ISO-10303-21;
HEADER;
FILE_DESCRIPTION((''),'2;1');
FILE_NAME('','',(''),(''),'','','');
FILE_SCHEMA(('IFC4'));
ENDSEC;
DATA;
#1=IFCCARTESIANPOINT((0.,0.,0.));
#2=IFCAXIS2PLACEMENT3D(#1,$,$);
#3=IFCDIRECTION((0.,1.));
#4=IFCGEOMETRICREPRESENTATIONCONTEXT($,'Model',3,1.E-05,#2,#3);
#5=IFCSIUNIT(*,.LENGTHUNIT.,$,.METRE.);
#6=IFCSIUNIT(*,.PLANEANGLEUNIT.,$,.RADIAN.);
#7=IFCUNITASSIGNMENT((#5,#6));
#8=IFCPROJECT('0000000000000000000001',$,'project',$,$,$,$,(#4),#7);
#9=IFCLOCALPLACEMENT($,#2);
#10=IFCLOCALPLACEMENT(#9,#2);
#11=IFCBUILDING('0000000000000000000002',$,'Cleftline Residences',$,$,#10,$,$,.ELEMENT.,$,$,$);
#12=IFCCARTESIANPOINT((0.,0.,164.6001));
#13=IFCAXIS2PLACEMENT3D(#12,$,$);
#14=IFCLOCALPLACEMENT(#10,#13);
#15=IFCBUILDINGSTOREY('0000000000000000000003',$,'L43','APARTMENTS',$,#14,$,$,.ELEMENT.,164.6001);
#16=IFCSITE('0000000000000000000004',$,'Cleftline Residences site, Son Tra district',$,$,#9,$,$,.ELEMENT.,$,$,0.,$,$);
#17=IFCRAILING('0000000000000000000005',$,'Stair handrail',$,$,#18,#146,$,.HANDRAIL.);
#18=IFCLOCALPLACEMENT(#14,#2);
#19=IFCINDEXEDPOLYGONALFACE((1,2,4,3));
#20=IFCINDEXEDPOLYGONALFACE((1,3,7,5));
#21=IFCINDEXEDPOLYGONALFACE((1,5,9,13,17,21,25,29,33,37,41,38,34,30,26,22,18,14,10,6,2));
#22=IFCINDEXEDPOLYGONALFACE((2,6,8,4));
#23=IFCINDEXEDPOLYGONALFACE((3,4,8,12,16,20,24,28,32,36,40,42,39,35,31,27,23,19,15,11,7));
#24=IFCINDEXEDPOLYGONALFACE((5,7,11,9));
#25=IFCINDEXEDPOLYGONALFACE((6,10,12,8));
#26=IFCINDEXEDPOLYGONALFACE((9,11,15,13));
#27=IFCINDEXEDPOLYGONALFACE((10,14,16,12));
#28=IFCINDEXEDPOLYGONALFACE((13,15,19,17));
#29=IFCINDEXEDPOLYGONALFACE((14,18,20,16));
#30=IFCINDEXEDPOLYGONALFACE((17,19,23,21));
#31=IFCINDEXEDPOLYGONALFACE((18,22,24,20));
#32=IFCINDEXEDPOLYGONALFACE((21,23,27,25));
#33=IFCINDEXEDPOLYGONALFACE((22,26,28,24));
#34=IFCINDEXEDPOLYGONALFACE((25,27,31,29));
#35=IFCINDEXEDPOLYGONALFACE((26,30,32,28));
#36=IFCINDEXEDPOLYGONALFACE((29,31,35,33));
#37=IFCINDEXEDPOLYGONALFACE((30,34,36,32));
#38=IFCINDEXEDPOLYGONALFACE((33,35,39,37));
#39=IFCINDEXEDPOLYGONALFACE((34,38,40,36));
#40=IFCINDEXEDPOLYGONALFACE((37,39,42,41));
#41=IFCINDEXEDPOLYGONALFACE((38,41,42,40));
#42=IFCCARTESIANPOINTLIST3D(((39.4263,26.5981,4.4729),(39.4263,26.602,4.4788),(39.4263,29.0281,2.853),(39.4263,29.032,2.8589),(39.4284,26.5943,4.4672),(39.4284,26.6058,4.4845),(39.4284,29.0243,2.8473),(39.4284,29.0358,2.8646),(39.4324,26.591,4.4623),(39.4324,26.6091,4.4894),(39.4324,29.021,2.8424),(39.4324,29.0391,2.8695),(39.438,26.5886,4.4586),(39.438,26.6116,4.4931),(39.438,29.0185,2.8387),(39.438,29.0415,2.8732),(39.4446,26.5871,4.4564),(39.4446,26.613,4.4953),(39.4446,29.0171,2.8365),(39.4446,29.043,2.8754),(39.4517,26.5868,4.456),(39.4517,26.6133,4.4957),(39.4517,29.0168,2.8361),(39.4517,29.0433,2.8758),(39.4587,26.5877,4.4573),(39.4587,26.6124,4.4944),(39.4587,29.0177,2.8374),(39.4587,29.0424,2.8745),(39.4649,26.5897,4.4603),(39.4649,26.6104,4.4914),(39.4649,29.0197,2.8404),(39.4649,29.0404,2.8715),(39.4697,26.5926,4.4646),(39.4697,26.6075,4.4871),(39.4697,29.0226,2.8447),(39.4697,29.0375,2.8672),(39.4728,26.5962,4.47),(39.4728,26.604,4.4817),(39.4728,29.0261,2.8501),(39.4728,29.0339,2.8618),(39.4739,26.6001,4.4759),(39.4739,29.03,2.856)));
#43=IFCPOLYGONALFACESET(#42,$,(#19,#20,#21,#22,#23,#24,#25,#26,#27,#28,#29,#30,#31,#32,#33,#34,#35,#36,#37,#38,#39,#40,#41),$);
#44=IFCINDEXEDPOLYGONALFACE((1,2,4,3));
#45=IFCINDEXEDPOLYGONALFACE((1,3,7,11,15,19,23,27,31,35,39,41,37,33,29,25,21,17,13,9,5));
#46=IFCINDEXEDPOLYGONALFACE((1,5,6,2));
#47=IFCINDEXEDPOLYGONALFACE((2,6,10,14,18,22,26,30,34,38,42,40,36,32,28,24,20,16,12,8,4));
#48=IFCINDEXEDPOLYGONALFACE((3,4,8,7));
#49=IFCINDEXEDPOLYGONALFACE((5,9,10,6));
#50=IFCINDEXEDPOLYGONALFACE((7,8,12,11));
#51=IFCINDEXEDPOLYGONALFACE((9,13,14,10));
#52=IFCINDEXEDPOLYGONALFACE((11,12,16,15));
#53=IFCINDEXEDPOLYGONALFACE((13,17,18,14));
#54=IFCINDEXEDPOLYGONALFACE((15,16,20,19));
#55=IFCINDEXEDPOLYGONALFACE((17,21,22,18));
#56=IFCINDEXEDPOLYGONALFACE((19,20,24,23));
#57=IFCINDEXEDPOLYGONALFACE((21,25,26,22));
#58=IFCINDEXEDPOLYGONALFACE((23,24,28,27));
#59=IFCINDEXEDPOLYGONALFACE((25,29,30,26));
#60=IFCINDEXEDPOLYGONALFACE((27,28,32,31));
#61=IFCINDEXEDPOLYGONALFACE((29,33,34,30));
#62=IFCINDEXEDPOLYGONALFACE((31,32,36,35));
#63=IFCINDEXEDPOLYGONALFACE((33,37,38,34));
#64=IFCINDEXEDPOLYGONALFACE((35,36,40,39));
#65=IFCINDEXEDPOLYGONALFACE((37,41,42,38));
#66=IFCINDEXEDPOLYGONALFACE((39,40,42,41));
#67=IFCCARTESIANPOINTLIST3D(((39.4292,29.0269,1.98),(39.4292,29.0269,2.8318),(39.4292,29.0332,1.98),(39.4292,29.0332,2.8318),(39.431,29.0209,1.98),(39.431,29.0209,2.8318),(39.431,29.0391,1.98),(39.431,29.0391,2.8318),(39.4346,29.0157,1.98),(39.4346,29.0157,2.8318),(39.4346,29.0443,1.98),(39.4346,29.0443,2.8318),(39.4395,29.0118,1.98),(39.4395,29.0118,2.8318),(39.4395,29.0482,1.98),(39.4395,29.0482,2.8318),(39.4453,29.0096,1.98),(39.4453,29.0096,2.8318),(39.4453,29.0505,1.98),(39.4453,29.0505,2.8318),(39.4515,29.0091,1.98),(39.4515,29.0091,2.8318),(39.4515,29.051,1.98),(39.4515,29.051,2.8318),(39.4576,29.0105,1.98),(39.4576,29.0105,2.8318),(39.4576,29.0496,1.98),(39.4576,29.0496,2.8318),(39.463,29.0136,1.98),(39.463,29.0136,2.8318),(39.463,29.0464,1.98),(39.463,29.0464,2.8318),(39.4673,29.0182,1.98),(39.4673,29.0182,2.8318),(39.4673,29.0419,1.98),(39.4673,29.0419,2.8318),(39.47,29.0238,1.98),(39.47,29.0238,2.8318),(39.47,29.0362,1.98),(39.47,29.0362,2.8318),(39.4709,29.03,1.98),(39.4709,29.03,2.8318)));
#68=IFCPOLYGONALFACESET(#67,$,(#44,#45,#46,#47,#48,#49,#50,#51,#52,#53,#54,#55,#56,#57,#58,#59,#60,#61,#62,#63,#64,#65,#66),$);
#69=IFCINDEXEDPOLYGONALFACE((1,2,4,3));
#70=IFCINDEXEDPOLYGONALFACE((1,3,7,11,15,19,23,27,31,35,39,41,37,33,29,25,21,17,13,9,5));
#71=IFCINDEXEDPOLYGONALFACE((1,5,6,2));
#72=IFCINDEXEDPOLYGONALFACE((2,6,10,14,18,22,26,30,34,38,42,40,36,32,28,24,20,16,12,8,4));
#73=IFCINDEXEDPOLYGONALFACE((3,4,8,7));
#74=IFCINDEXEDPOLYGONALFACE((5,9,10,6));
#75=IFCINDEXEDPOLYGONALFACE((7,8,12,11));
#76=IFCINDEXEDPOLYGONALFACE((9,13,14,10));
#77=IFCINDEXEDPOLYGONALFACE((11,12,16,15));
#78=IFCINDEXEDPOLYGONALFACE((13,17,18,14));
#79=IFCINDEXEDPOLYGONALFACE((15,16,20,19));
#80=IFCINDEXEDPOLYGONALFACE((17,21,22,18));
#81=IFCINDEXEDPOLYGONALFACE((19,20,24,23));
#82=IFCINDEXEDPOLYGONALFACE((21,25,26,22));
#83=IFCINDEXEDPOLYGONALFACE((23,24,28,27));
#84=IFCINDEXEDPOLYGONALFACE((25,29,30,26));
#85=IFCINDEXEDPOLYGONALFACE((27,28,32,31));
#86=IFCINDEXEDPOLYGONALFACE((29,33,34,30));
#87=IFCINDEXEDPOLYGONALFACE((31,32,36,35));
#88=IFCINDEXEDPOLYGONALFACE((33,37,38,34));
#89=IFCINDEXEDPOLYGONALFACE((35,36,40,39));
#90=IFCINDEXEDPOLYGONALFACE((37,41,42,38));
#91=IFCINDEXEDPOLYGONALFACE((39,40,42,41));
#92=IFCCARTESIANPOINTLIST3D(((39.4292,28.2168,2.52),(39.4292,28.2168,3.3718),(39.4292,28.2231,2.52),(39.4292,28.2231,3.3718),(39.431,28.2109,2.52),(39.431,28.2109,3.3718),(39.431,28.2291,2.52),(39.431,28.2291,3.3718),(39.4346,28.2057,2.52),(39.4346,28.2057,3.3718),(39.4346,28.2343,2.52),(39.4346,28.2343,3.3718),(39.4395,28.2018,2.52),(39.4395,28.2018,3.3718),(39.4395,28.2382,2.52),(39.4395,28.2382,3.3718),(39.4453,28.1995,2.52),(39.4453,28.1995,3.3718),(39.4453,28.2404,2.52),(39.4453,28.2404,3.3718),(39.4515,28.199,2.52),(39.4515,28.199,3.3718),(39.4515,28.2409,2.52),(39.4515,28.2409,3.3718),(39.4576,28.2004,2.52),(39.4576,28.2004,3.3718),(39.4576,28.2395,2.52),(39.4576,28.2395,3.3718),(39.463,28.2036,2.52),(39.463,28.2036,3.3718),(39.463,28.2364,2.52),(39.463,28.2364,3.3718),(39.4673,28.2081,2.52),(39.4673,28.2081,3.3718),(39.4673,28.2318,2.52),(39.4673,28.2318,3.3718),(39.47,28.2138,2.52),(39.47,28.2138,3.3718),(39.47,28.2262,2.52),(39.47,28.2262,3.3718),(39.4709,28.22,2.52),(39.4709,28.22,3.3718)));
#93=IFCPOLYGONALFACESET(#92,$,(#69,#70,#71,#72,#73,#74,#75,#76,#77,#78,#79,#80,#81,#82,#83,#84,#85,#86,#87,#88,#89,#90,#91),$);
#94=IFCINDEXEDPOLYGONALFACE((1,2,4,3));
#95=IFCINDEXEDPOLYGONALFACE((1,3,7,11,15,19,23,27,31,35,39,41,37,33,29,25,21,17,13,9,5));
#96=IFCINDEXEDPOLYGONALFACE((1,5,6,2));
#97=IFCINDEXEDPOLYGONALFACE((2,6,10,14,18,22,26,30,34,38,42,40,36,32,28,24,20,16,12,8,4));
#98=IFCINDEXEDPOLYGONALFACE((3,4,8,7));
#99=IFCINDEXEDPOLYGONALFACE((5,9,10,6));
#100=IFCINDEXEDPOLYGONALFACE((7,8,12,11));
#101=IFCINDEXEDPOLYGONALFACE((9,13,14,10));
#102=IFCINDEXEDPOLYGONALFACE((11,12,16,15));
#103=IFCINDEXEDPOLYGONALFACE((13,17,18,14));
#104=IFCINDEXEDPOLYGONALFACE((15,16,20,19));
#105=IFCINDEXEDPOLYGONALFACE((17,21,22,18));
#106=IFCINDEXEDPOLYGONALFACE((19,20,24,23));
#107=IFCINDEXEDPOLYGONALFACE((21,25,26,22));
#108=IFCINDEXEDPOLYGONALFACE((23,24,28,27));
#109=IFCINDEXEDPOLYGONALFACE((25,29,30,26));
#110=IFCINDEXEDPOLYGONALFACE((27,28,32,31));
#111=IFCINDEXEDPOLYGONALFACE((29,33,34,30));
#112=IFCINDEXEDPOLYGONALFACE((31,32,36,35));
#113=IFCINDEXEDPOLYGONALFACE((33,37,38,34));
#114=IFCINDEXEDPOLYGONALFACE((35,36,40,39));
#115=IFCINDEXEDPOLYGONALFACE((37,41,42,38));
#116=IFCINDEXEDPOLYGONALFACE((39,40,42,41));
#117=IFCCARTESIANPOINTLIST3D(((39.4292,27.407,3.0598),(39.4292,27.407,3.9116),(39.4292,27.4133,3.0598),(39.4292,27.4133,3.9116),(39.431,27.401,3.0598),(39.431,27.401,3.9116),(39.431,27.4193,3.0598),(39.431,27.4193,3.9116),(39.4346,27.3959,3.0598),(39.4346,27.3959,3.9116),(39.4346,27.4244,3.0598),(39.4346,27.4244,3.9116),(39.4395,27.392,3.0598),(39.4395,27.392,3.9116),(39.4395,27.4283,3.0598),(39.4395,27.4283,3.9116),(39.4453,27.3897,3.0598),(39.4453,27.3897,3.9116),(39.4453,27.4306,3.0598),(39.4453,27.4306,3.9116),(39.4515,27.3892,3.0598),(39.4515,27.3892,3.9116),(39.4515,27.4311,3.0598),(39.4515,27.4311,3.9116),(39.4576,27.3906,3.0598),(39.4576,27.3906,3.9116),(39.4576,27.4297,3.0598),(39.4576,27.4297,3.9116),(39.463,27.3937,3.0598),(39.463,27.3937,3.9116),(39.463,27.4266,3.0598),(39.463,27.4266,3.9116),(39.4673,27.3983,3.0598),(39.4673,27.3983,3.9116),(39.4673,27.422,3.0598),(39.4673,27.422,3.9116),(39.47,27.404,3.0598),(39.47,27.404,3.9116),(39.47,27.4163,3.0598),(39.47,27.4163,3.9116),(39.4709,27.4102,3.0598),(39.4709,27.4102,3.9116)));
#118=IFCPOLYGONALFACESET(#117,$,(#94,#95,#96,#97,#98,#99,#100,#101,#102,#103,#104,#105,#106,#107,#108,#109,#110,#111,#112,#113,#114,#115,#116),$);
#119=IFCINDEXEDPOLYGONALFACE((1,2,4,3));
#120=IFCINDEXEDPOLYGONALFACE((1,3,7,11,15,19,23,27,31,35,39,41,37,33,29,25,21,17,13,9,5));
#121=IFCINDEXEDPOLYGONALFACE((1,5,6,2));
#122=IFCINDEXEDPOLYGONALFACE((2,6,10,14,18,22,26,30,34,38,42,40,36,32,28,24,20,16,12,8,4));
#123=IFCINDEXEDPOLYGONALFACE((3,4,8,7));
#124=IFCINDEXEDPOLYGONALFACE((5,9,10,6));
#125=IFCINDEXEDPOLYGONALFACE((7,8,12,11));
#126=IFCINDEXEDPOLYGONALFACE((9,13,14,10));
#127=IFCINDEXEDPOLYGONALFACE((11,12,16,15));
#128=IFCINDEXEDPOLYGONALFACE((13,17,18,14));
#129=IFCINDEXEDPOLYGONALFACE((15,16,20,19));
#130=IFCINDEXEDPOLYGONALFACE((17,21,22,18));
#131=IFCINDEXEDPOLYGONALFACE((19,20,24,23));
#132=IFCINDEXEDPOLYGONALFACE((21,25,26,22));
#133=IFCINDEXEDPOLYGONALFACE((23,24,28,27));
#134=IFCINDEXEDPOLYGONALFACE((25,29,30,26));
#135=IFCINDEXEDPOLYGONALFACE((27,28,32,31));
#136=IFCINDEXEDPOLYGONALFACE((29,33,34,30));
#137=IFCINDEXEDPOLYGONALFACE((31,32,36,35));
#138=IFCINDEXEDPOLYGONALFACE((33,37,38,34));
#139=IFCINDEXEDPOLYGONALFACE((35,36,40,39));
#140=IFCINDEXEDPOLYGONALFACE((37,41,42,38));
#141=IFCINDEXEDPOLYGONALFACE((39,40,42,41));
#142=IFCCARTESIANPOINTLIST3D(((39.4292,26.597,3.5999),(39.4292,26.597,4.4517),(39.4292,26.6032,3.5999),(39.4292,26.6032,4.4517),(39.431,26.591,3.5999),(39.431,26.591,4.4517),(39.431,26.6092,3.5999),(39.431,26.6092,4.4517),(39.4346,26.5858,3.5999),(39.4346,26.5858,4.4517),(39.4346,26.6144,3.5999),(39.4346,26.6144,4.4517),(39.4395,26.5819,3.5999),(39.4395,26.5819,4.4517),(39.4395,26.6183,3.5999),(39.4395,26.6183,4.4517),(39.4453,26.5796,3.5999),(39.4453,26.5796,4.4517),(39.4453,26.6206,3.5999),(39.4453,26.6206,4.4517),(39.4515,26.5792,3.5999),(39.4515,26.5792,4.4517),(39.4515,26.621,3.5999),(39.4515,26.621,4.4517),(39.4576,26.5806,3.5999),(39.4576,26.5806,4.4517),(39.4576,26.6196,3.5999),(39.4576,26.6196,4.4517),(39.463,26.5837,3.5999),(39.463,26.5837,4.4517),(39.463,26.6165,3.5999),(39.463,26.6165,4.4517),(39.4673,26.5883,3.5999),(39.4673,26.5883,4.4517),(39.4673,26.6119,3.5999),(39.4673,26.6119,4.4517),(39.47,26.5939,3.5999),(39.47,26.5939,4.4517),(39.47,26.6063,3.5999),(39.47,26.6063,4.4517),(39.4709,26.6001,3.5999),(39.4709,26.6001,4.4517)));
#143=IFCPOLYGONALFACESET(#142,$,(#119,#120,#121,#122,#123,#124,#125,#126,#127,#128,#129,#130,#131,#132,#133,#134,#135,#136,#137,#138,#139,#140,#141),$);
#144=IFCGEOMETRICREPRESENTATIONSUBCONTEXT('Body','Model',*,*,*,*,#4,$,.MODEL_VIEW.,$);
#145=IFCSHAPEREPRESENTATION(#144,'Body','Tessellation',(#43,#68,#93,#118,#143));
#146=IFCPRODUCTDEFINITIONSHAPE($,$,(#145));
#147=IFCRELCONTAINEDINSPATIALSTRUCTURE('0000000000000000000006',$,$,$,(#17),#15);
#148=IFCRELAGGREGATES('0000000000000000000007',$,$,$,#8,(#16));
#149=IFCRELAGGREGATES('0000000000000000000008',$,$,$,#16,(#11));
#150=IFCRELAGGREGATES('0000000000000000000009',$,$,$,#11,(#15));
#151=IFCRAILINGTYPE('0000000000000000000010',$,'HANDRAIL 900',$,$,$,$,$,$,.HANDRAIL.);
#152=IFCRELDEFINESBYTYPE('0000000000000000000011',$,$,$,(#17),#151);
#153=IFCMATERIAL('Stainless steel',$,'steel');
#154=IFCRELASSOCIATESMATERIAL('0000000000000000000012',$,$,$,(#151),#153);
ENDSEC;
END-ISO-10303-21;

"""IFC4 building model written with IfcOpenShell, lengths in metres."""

from ifc_helpers import new_model, si_unit, direction, frame, origin, origin_2d, place, context, subcontext, project, spatial, circle, extrude, material, type_object, element, save


model = new_model("IFC4")

# Units and contexts
model_context = context("Model", 3, precision=1e-05, world=origin(), true_north=direction((0.0, 1.0)))
body_context = subcontext(model_context, "Body", "Model", "MODEL_VIEW")
ifc_project = project(units=[si_unit("LENGTHUNIT", "METRE"), si_unit("PLANEANGLEUNIT", "RADIAN")], contexts=[model_context])

# Site, building, storey
site_placement = place(None, origin())
site = spatial("IfcSite", under=ifc_project, at=site_placement, Name="Cleftline Residences site, Son Tra district", CompositionType="ELEMENT", RefElevation=0.0)
building_placement = place(site_placement, origin())
building = spatial("IfcBuilding", under=site, at=building_placement, Name="Cleftline Residences", CompositionType="ELEMENT")
storey_placement = place(building_placement, frame((0.0, 0.0, 164.6001)))
storey = spatial("IfcBuildingStorey", under=building, at=storey_placement, Name="L43", Description="APARTMENTS", CompositionType="ELEMENT", Elevation=164.6001)

# Railing
ifc_material_1 = material(Name="Stainless steel", Category="steel")
railing_type = type_object("IfcRailingType", Name="HANDRAIL 900", PredefinedType="HANDRAIL", material=ifc_material_1)
railing_1_placement = place(storey_placement, frame((39.45, 29.03, 1.98)))
element("IfcRailing", 1, at=railing_1_placement, inside=storey, type_object=railing_type, Name="Stair handrail", PredefinedType="HANDRAIL", context=body_context, shape_type="SweptSolid", body=[
    extrude(circle(Radius=0.0239, at=origin_2d()), frame((0.0, 0.0, 0.876), z_axis=(0.0, -0.832063, 0.554681), x_axis=(1.0, 0.0, 0.0)), (0.0, 0.0, 1.0), 2.9204),
    extrude(circle(Radius=0.021, at=origin_2d()), origin(), (0.0, 0.0, 1.0), 0.8518),
    extrude(circle(Radius=0.021, at=origin_2d()), frame((0.0, -0.8101, 0.54)), (0.0, 0.0, 1.0), 0.8518),
    extrude(circle(Radius=0.021, at=origin_2d()), frame((0.0, -1.6199, 1.0798)), (0.0, 0.0, 1.0), 0.8518),
    extrude(circle(Radius=0.021, at=origin_2d()), frame((0.0, -2.4299, 1.6199)), (0.0, 0.0, 1.0), 0.8518),
])

save(model, "model.ifc")
